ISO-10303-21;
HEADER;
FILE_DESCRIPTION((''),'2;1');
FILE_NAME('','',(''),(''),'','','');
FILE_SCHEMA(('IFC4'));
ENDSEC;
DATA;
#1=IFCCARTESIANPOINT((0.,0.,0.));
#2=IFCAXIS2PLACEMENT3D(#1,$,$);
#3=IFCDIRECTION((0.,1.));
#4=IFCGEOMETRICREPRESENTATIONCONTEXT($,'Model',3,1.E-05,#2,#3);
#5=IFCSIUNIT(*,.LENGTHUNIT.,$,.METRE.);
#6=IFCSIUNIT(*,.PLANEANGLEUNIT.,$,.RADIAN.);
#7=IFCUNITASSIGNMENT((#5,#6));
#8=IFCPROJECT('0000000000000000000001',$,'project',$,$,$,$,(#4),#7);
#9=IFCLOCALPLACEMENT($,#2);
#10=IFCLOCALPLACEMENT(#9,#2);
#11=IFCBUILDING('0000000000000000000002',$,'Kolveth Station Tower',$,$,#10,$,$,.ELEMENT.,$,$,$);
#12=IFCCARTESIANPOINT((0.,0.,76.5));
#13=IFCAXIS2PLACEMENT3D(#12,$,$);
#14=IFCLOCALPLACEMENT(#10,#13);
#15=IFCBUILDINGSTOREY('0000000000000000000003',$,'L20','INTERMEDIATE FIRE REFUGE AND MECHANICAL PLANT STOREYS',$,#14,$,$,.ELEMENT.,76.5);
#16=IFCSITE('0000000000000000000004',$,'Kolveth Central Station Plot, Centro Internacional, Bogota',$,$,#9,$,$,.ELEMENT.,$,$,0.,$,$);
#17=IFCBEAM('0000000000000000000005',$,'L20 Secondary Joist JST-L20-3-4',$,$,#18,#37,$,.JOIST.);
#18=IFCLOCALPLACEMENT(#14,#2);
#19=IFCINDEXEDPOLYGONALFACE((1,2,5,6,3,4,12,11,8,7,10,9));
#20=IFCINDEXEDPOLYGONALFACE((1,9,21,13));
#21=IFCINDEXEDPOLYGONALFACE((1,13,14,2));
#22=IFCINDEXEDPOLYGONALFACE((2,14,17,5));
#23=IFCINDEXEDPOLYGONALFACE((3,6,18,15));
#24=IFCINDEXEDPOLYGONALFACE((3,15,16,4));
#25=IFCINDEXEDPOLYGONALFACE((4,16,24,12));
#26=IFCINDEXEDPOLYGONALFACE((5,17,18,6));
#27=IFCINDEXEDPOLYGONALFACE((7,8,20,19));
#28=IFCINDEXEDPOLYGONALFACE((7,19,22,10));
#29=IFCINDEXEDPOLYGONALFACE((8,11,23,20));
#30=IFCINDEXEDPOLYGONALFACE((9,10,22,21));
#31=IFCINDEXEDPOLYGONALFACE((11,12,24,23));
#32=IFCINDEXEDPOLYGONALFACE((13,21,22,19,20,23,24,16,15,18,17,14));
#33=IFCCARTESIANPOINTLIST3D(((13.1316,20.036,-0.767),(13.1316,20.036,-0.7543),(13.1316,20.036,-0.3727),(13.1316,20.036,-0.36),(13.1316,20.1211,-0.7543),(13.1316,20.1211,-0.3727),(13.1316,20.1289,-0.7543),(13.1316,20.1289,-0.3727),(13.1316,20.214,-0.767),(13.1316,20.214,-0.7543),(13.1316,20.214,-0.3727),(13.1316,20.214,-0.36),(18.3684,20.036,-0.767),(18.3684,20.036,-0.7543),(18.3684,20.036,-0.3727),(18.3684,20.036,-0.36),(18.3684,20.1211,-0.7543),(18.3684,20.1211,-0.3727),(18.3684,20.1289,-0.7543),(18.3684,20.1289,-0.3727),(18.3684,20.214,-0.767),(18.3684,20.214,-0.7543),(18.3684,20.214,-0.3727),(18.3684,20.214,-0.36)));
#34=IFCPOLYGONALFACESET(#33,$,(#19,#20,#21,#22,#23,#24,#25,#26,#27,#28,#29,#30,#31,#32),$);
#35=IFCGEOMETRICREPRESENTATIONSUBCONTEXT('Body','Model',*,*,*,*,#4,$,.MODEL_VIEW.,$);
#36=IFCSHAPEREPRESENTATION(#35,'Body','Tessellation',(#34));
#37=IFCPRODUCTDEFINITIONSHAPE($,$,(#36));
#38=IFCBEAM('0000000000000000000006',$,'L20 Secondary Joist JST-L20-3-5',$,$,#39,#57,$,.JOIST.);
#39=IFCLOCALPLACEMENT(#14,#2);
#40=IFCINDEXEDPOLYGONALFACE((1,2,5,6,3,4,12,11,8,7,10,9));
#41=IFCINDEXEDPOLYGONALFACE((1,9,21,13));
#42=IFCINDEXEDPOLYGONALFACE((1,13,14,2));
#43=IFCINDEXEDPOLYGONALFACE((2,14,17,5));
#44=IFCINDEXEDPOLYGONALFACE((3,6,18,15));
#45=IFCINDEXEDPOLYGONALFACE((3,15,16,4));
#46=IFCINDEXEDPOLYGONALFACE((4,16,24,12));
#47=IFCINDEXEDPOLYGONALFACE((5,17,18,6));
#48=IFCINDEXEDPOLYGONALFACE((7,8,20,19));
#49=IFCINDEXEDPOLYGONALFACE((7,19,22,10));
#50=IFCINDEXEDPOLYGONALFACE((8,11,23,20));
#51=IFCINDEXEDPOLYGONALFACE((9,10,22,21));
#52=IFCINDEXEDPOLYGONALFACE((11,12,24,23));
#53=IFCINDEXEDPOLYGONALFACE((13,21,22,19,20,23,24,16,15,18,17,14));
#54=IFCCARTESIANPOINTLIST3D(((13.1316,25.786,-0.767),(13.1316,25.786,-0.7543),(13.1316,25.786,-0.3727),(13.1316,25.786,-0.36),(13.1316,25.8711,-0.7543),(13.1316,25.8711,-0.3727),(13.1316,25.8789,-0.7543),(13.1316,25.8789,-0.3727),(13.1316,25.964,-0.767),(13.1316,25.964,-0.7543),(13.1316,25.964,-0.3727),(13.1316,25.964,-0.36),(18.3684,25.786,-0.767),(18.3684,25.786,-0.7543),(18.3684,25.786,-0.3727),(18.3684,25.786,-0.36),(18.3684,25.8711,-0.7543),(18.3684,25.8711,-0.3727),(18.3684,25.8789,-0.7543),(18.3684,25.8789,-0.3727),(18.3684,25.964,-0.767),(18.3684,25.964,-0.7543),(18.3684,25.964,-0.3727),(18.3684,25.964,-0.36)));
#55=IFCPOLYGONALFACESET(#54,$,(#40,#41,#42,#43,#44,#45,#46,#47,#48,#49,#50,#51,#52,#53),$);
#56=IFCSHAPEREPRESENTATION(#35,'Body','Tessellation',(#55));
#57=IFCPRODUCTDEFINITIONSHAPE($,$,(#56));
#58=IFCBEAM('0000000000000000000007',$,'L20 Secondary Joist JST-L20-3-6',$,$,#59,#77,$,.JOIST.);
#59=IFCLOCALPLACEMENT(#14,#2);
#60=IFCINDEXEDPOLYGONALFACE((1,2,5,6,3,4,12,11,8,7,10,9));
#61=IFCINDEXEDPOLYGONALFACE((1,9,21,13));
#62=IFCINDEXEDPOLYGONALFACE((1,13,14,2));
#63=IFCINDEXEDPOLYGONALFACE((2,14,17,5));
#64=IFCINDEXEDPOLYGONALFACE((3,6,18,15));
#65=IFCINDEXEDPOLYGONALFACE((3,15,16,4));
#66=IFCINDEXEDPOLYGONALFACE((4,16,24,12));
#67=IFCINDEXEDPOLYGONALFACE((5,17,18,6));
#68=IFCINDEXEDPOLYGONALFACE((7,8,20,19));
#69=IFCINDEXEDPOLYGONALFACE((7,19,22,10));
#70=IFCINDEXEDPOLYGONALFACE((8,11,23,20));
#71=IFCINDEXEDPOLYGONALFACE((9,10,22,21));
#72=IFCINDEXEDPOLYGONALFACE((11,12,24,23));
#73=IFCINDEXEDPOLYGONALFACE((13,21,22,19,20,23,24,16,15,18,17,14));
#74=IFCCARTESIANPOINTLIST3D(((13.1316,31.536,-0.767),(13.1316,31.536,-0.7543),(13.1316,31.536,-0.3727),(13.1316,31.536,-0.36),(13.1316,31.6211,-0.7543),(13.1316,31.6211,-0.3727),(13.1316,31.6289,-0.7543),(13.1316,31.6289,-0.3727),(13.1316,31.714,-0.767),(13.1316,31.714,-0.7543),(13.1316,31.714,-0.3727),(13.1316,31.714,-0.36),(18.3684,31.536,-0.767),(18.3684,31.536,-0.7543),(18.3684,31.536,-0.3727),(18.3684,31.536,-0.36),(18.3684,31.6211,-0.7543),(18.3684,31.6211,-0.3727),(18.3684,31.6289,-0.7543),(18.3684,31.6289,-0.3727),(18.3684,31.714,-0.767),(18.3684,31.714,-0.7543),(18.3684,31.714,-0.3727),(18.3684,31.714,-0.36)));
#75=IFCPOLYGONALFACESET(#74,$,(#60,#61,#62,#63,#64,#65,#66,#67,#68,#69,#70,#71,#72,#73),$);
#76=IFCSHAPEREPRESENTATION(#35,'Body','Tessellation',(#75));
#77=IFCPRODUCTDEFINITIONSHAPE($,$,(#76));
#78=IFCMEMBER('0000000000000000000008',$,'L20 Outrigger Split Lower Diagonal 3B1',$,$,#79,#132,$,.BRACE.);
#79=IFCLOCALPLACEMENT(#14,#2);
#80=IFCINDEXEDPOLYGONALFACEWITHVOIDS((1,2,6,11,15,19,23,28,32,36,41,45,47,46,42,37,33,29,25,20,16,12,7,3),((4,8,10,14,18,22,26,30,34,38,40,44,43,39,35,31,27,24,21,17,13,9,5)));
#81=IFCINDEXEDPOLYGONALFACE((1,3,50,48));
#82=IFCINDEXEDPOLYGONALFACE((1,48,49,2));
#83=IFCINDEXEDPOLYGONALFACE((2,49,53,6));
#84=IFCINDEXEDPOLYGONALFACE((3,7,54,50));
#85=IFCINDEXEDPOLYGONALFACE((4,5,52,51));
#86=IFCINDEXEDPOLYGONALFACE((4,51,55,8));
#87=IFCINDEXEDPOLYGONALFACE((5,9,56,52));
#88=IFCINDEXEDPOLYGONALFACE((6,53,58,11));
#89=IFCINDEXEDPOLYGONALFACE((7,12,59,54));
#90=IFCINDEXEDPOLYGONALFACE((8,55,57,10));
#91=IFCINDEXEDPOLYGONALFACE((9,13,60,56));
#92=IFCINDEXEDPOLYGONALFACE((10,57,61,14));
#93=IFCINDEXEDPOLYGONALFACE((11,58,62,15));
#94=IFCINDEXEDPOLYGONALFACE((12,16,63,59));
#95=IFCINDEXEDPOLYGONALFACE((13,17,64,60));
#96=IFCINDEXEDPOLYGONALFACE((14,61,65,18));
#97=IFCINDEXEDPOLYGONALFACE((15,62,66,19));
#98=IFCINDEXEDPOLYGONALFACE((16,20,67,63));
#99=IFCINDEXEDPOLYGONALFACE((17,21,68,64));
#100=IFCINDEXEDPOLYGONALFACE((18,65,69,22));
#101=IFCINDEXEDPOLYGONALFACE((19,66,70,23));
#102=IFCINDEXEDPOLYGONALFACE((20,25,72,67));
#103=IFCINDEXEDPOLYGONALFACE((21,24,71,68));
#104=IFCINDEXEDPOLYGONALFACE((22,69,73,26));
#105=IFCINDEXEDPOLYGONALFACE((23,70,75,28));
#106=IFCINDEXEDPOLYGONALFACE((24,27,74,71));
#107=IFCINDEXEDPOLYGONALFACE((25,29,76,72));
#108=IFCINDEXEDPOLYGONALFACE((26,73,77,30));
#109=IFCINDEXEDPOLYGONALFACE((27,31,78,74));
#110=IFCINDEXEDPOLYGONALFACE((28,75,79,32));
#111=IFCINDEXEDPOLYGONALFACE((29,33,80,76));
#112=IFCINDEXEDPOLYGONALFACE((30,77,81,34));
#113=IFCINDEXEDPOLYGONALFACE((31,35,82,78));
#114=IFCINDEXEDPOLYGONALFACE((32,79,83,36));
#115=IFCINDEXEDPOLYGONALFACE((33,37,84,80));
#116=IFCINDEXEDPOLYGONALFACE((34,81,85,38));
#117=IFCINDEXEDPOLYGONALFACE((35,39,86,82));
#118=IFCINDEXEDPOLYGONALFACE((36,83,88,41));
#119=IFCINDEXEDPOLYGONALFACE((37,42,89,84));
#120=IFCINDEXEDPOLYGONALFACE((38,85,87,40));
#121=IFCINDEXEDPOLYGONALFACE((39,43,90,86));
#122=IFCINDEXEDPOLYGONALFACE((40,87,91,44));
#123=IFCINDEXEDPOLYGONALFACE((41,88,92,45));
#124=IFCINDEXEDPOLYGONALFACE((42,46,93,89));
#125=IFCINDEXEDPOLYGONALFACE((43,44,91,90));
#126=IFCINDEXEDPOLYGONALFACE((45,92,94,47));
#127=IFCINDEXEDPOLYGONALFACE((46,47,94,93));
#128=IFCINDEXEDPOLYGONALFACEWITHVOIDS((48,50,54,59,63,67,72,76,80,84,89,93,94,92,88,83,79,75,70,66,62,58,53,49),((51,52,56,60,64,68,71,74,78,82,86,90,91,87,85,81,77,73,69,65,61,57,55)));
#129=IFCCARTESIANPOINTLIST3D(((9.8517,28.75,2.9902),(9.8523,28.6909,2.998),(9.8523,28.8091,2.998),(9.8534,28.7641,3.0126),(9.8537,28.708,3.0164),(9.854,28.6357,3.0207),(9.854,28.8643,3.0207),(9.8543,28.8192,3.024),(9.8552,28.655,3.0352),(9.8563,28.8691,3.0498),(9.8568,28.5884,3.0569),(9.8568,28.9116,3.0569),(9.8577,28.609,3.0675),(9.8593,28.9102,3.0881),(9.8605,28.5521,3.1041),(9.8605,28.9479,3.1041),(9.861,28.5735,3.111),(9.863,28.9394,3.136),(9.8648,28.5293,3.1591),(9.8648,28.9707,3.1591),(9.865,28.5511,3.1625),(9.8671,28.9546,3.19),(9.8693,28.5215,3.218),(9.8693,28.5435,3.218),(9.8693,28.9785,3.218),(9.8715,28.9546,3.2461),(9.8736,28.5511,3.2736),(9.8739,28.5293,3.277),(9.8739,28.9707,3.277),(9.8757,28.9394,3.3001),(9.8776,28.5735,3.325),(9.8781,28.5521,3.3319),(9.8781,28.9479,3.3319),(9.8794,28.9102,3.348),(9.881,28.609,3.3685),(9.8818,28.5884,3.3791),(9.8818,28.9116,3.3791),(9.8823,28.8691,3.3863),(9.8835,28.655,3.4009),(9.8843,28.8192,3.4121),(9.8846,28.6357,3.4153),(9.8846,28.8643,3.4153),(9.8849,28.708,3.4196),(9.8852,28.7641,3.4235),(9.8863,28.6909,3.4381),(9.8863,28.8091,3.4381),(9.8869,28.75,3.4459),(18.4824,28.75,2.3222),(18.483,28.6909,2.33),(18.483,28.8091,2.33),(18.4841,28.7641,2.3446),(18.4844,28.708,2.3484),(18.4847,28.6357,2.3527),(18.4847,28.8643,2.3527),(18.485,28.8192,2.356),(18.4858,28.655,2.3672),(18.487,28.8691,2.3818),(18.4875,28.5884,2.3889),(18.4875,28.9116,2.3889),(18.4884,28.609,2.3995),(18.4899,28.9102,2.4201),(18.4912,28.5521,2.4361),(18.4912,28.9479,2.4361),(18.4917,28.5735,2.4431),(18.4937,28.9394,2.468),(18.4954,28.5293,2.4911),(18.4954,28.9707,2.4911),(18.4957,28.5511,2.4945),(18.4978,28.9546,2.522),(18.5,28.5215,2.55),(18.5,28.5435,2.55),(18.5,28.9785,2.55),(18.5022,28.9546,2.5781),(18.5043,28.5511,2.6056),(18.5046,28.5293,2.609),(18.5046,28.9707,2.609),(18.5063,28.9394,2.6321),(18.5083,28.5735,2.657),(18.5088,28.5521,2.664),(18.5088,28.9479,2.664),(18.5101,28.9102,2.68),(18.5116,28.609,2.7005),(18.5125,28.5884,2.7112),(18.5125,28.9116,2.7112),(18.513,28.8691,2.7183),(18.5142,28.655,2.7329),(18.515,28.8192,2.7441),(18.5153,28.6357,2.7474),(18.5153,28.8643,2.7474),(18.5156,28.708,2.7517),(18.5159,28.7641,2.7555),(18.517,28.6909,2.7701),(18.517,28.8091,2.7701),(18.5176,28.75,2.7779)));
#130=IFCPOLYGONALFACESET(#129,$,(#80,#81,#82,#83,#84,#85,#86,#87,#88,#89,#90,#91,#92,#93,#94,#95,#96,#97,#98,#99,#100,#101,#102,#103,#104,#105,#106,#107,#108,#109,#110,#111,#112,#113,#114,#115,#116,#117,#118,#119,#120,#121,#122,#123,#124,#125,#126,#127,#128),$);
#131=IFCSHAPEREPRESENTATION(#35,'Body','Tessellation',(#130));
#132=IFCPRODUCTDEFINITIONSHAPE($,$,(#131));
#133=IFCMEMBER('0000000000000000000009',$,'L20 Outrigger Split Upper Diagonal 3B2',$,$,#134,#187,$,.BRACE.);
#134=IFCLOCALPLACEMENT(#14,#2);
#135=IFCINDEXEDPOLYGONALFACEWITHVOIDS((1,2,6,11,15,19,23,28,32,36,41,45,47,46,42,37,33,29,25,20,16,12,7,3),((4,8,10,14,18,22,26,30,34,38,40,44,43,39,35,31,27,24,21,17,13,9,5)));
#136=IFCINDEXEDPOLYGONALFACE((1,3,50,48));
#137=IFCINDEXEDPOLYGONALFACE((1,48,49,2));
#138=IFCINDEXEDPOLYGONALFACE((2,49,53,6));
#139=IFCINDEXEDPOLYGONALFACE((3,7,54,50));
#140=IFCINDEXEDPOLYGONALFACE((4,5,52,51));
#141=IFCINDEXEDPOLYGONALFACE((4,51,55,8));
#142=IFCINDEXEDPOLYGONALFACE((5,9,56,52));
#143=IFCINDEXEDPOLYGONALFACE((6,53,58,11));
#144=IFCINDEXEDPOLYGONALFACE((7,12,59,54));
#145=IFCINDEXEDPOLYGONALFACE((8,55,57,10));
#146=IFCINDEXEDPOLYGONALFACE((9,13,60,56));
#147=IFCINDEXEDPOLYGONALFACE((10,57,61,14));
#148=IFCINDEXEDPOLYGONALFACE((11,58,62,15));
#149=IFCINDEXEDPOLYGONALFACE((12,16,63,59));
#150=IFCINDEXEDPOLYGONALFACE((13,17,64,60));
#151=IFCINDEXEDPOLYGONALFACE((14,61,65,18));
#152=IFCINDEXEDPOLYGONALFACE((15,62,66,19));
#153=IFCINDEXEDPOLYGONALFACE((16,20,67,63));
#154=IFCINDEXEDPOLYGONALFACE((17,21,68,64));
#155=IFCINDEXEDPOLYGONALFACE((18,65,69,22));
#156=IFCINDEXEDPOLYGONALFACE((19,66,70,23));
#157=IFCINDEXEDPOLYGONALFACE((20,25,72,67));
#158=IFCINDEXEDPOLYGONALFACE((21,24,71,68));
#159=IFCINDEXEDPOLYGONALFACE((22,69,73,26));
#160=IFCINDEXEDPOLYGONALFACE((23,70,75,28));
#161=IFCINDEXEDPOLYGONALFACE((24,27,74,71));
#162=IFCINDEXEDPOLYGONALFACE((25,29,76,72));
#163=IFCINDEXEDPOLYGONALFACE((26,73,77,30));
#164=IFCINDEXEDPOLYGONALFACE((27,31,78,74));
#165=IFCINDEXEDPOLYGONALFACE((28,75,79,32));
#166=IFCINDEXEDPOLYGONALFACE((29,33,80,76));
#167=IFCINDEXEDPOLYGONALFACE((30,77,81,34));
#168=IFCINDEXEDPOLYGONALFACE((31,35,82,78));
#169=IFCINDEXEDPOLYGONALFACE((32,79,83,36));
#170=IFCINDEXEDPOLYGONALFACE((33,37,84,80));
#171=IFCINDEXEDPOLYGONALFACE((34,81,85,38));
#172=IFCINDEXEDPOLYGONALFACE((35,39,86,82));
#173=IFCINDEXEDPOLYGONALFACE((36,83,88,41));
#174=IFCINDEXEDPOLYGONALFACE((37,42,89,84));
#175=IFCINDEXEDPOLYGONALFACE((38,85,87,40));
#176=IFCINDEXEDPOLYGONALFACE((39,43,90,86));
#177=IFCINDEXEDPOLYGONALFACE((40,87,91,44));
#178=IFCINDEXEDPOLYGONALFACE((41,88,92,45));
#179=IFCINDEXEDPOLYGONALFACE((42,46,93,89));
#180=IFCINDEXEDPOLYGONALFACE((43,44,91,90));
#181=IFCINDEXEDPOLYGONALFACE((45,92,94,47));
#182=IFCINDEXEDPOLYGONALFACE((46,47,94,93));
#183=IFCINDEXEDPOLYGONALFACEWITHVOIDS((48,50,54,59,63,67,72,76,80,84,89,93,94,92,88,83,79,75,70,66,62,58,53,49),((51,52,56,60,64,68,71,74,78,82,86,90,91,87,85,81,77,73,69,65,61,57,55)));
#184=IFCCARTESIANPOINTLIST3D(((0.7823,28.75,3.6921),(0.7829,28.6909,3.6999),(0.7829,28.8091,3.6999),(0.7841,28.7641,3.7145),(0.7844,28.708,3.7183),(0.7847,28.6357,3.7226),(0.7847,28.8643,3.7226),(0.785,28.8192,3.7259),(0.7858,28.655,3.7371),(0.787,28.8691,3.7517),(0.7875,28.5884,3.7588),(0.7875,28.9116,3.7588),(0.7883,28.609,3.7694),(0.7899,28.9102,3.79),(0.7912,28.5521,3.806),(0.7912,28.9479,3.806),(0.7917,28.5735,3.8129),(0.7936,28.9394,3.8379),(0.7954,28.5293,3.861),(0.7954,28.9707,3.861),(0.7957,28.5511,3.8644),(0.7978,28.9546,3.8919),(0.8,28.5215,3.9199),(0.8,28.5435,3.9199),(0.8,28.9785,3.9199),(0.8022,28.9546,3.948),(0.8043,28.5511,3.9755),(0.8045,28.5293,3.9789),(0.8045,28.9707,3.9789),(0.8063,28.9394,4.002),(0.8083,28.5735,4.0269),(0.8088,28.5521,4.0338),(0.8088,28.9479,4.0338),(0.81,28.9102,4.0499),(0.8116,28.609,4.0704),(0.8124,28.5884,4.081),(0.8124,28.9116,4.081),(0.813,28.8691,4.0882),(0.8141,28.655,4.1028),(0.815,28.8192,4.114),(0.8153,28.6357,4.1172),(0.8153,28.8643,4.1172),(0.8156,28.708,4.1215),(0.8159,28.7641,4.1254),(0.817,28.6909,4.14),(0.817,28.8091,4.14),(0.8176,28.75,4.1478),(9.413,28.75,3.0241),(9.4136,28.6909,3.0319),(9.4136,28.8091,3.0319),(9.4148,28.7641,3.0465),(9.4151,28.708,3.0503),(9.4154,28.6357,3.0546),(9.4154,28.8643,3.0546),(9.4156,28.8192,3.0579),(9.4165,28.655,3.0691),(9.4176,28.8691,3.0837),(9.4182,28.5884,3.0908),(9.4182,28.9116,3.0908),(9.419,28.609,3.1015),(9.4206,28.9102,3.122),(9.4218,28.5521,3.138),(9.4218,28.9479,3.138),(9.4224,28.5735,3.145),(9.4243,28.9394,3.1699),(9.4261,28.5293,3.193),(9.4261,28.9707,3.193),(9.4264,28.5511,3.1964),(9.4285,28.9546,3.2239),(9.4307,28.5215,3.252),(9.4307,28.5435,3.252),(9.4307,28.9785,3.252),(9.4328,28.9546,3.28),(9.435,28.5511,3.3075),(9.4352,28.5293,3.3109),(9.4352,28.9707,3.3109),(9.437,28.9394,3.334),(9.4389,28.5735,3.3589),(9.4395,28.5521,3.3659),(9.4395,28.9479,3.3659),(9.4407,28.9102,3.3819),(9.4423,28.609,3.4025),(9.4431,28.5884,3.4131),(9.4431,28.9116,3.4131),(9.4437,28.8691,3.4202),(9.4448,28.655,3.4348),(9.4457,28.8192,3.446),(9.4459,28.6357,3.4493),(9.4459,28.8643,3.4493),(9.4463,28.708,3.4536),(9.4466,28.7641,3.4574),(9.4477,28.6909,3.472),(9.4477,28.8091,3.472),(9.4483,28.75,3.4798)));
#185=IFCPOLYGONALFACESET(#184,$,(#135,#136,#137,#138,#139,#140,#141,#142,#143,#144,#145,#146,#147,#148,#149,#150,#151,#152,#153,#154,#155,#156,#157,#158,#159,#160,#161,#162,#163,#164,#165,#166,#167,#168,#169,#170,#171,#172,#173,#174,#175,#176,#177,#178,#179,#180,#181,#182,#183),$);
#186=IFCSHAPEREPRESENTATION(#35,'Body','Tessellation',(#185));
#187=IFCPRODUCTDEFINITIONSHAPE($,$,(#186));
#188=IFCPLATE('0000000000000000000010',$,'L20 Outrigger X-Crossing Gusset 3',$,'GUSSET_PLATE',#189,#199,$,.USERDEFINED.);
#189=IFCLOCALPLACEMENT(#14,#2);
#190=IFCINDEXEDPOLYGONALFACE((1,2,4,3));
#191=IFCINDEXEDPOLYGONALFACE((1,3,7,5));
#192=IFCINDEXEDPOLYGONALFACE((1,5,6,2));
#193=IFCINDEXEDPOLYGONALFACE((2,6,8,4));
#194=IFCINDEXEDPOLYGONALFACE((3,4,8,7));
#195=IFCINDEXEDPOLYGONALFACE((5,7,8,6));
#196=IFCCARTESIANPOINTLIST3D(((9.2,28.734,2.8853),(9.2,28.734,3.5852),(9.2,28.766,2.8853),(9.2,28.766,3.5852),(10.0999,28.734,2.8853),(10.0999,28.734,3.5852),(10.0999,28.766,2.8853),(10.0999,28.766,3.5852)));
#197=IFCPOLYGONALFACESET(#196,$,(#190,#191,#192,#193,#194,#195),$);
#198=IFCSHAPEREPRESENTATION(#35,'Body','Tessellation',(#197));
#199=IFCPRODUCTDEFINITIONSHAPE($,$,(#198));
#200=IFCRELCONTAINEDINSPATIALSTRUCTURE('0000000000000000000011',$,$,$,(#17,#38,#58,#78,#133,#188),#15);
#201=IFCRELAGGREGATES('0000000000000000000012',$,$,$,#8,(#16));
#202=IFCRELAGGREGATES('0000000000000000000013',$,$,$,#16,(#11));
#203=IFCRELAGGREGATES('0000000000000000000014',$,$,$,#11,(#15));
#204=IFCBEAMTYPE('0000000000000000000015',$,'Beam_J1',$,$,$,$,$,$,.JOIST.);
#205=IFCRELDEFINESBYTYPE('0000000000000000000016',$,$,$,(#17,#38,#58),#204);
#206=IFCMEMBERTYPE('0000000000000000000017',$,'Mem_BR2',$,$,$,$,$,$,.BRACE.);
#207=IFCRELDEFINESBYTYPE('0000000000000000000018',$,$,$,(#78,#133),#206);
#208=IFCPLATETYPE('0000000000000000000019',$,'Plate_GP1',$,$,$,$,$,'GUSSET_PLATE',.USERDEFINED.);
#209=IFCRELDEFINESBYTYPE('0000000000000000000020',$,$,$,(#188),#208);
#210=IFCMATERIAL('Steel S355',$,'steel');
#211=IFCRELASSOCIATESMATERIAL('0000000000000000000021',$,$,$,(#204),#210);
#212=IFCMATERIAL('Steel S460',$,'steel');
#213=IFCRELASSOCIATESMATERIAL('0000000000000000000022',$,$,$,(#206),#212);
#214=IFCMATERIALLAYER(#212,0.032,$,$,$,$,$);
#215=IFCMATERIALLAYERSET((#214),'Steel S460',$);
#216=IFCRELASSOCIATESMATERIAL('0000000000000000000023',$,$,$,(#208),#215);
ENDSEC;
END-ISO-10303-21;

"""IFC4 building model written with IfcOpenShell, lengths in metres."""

from ifc_helpers import new_model, si_unit, direction, frame, origin, origin_2d, place, context, subcontext, project, spatial, rectangle, hollow_circle, i_section, extrude, source, transform, mapped, material, layer, layer_set, material_profile, profile_set, type_object, element, save


model = new_model("IFC4")

# Units and contexts
model_context = context("Model", 3, precision=1e-05, world=origin(), true_north=direction((0.0, 1.0)))
body_context = subcontext(model_context, "Body", "Model", "MODEL_VIEW")
ifc_project = project(units=[si_unit("LENGTHUNIT", "METRE"), si_unit("PLANEANGLEUNIT", "RADIAN")], contexts=[model_context])

# Site, building, storey
site_placement = place(None, origin())
site = spatial("IfcSite", under=ifc_project, at=site_placement, Name="Kolveth Central Station Plot, Centro Internacional, Bogota", CompositionType="ELEMENT", RefElevation=0.0)
building_placement = place(site_placement, origin())
building = spatial("IfcBuilding", under=site, at=building_placement, Name="Kolveth Station Tower", CompositionType="ELEMENT")
storey_placement = place(building_placement, frame((0.0, 0.0, 76.5)))
storey = spatial("IfcBuildingStorey", under=building, at=storey_placement, Name="L20", Description="INTERMEDIATE FIRE REFUGE AND MECHANICAL PLANT STOREYS", CompositionType="ELEMENT", Elevation=76.5)

# Shared definitions
ifc_material_1 = material(Name="Steel S460", Category="steel")

# Beams
ifc_material_2 = material(Name="Steel S355", Category="steel")
ifc_material_profile_1 = material_profile(ifc_material_2, i_section(OverallWidth=0.178, OverallDepth=0.407, WebThickness=0.0078, FlangeThickness=0.0127, at=origin_2d()), Name="W410x60")
ifc_profile_set_1 = profile_set([ifc_material_profile_1], Name="Steel S355")
beam_type_1 = type_object("IfcBeamType", Name="Beam_J1", PredefinedType="JOIST", material=ifc_profile_set_1)
shared_shape_1 = source(origin(), body_context, "Body", "SweptSolid", [
    extrude(i_section(OverallWidth=0.178, OverallDepth=0.407, WebThickness=0.0078, FlangeThickness=0.0127, at=origin_2d()), origin(), (0.0, 0.0, 1.0), 5.2368),
])
for number, where, z_axis, x_axis, name in (
    (1, (13.1316, 20.125, -0.5635), (1.0, 0.0, 0.0), (0.0, 1.0, 0.0), "L20 Secondary Joist JST-L20-3-4"),
    (2, (13.1316, 25.875, -0.5635), (1.0, 0.0, 0.0), (0.0, 1.0, 0.0), "L20 Secondary Joist JST-L20-3-5"),
    (3, (13.1316, 31.625, -0.5635), (1.0, 0.0, 0.0), (0.0, 1.0, 0.0), "L20 Secondary Joist JST-L20-3-6"),
):
    element("IfcBeam", number, at=place(storey_placement, frame(where, z_axis=z_axis, x_axis=x_axis)), inside=storey, type_object=beam_type_1, Name=name, PredefinedType="JOIST", context=body_context, shape_type="MappedRepresentation", body=[
        mapped(shared_shape_1, transform((0.0, 0.0, 0.0), x_axis=(1.0, 0.0, 0.0), y_axis=(0.0, 1.0, 0.0), z_axis=(0.0, 0.0, 1.0), scale=1.0)),
    ])

# Members
ifc_material_profile_2 = material_profile(ifc_material_1, hollow_circle(Radius=0.2285, WallThickness=0.022, at=origin_2d()), Name="CHS457x22")
ifc_profile_set_2 = profile_set([ifc_material_profile_2], Name="Steel S460")
member_type = type_object("IfcMemberType", Name="Mem_BR2", PredefinedType="BRACE", material=ifc_profile_set_2)
shared_shape_2 = source(origin(), body_context, "Body", "SweptSolid", [
    extrude(hollow_circle(Radius=0.2285, WallThickness=0.022, at=origin_2d()), origin(), (0.0, 0.0, 1.0), 8.6565),
])
for number, where, z_axis, x_axis, name in (
    (4, (18.5, 28.75, 2.55), (-0.997018, 0.0, 0.077165), (0.0, -1.0, 0.0), "L20 Outrigger Split Lower Diagonal 3B1"),
    (5, (9.4307, 28.75, 3.252), (-0.997018, 0.0, 0.077165), (0.0, -1.0, 0.0), "L20 Outrigger Split Upper Diagonal 3B2"),
):
    element("IfcMember", number, at=place(storey_placement, frame(where, z_axis=z_axis, x_axis=x_axis)), inside=storey, type_object=member_type, Name=name, PredefinedType="BRACE", context=body_context, shape_type="MappedRepresentation", body=[
        mapped(shared_shape_2, transform((0.0, 0.0, 0.0), x_axis=(1.0, 0.0, 0.0), y_axis=(0.0, 1.0, 0.0), z_axis=(0.0, 0.0, 1.0), scale=1.0)),
    ])

# Plate
ifc_layer_1 = layer(ifc_material_1, 0.032)
ifc_layer_set_1 = layer_set([ifc_layer_1], Name="Steel S460")
plate_type = type_object("IfcPlateType", Name="Plate_GP1", ElementType="GUSSET_PLATE", PredefinedType="USERDEFINED", material=ifc_layer_set_1)
shared_shape_3 = source(origin(), body_context, "Body", "SweptSolid", [
    extrude(rectangle(XDim=0.8999, YDim=0.032, at=origin_2d()), origin(), (0.0, 0.0, 1.0), 0.7),
])
for number, where, z_axis, x_axis, name in (
    (6, (9.6499, 28.75, 2.8853), (0.0, 0.0, 1.0), (1.0, 0.0, 0.0), "L20 Outrigger X-Crossing Gusset 3"),
):
    element("IfcPlate", number, at=place(storey_placement, frame(where, z_axis=z_axis, x_axis=x_axis)), inside=storey, type_object=plate_type, Name=name, ObjectType="GUSSET_PLATE", PredefinedType="USERDEFINED", context=body_context, shape_type="MappedRepresentation", body=[
        mapped(shared_shape_3, transform((0.0, 0.0, 0.0), x_axis=(1.0, 0.0, 0.0), y_axis=(0.0, 1.0, 0.0), z_axis=(0.0, 0.0, 1.0), scale=1.0)),
    ])

save(model, "model.ifc")
